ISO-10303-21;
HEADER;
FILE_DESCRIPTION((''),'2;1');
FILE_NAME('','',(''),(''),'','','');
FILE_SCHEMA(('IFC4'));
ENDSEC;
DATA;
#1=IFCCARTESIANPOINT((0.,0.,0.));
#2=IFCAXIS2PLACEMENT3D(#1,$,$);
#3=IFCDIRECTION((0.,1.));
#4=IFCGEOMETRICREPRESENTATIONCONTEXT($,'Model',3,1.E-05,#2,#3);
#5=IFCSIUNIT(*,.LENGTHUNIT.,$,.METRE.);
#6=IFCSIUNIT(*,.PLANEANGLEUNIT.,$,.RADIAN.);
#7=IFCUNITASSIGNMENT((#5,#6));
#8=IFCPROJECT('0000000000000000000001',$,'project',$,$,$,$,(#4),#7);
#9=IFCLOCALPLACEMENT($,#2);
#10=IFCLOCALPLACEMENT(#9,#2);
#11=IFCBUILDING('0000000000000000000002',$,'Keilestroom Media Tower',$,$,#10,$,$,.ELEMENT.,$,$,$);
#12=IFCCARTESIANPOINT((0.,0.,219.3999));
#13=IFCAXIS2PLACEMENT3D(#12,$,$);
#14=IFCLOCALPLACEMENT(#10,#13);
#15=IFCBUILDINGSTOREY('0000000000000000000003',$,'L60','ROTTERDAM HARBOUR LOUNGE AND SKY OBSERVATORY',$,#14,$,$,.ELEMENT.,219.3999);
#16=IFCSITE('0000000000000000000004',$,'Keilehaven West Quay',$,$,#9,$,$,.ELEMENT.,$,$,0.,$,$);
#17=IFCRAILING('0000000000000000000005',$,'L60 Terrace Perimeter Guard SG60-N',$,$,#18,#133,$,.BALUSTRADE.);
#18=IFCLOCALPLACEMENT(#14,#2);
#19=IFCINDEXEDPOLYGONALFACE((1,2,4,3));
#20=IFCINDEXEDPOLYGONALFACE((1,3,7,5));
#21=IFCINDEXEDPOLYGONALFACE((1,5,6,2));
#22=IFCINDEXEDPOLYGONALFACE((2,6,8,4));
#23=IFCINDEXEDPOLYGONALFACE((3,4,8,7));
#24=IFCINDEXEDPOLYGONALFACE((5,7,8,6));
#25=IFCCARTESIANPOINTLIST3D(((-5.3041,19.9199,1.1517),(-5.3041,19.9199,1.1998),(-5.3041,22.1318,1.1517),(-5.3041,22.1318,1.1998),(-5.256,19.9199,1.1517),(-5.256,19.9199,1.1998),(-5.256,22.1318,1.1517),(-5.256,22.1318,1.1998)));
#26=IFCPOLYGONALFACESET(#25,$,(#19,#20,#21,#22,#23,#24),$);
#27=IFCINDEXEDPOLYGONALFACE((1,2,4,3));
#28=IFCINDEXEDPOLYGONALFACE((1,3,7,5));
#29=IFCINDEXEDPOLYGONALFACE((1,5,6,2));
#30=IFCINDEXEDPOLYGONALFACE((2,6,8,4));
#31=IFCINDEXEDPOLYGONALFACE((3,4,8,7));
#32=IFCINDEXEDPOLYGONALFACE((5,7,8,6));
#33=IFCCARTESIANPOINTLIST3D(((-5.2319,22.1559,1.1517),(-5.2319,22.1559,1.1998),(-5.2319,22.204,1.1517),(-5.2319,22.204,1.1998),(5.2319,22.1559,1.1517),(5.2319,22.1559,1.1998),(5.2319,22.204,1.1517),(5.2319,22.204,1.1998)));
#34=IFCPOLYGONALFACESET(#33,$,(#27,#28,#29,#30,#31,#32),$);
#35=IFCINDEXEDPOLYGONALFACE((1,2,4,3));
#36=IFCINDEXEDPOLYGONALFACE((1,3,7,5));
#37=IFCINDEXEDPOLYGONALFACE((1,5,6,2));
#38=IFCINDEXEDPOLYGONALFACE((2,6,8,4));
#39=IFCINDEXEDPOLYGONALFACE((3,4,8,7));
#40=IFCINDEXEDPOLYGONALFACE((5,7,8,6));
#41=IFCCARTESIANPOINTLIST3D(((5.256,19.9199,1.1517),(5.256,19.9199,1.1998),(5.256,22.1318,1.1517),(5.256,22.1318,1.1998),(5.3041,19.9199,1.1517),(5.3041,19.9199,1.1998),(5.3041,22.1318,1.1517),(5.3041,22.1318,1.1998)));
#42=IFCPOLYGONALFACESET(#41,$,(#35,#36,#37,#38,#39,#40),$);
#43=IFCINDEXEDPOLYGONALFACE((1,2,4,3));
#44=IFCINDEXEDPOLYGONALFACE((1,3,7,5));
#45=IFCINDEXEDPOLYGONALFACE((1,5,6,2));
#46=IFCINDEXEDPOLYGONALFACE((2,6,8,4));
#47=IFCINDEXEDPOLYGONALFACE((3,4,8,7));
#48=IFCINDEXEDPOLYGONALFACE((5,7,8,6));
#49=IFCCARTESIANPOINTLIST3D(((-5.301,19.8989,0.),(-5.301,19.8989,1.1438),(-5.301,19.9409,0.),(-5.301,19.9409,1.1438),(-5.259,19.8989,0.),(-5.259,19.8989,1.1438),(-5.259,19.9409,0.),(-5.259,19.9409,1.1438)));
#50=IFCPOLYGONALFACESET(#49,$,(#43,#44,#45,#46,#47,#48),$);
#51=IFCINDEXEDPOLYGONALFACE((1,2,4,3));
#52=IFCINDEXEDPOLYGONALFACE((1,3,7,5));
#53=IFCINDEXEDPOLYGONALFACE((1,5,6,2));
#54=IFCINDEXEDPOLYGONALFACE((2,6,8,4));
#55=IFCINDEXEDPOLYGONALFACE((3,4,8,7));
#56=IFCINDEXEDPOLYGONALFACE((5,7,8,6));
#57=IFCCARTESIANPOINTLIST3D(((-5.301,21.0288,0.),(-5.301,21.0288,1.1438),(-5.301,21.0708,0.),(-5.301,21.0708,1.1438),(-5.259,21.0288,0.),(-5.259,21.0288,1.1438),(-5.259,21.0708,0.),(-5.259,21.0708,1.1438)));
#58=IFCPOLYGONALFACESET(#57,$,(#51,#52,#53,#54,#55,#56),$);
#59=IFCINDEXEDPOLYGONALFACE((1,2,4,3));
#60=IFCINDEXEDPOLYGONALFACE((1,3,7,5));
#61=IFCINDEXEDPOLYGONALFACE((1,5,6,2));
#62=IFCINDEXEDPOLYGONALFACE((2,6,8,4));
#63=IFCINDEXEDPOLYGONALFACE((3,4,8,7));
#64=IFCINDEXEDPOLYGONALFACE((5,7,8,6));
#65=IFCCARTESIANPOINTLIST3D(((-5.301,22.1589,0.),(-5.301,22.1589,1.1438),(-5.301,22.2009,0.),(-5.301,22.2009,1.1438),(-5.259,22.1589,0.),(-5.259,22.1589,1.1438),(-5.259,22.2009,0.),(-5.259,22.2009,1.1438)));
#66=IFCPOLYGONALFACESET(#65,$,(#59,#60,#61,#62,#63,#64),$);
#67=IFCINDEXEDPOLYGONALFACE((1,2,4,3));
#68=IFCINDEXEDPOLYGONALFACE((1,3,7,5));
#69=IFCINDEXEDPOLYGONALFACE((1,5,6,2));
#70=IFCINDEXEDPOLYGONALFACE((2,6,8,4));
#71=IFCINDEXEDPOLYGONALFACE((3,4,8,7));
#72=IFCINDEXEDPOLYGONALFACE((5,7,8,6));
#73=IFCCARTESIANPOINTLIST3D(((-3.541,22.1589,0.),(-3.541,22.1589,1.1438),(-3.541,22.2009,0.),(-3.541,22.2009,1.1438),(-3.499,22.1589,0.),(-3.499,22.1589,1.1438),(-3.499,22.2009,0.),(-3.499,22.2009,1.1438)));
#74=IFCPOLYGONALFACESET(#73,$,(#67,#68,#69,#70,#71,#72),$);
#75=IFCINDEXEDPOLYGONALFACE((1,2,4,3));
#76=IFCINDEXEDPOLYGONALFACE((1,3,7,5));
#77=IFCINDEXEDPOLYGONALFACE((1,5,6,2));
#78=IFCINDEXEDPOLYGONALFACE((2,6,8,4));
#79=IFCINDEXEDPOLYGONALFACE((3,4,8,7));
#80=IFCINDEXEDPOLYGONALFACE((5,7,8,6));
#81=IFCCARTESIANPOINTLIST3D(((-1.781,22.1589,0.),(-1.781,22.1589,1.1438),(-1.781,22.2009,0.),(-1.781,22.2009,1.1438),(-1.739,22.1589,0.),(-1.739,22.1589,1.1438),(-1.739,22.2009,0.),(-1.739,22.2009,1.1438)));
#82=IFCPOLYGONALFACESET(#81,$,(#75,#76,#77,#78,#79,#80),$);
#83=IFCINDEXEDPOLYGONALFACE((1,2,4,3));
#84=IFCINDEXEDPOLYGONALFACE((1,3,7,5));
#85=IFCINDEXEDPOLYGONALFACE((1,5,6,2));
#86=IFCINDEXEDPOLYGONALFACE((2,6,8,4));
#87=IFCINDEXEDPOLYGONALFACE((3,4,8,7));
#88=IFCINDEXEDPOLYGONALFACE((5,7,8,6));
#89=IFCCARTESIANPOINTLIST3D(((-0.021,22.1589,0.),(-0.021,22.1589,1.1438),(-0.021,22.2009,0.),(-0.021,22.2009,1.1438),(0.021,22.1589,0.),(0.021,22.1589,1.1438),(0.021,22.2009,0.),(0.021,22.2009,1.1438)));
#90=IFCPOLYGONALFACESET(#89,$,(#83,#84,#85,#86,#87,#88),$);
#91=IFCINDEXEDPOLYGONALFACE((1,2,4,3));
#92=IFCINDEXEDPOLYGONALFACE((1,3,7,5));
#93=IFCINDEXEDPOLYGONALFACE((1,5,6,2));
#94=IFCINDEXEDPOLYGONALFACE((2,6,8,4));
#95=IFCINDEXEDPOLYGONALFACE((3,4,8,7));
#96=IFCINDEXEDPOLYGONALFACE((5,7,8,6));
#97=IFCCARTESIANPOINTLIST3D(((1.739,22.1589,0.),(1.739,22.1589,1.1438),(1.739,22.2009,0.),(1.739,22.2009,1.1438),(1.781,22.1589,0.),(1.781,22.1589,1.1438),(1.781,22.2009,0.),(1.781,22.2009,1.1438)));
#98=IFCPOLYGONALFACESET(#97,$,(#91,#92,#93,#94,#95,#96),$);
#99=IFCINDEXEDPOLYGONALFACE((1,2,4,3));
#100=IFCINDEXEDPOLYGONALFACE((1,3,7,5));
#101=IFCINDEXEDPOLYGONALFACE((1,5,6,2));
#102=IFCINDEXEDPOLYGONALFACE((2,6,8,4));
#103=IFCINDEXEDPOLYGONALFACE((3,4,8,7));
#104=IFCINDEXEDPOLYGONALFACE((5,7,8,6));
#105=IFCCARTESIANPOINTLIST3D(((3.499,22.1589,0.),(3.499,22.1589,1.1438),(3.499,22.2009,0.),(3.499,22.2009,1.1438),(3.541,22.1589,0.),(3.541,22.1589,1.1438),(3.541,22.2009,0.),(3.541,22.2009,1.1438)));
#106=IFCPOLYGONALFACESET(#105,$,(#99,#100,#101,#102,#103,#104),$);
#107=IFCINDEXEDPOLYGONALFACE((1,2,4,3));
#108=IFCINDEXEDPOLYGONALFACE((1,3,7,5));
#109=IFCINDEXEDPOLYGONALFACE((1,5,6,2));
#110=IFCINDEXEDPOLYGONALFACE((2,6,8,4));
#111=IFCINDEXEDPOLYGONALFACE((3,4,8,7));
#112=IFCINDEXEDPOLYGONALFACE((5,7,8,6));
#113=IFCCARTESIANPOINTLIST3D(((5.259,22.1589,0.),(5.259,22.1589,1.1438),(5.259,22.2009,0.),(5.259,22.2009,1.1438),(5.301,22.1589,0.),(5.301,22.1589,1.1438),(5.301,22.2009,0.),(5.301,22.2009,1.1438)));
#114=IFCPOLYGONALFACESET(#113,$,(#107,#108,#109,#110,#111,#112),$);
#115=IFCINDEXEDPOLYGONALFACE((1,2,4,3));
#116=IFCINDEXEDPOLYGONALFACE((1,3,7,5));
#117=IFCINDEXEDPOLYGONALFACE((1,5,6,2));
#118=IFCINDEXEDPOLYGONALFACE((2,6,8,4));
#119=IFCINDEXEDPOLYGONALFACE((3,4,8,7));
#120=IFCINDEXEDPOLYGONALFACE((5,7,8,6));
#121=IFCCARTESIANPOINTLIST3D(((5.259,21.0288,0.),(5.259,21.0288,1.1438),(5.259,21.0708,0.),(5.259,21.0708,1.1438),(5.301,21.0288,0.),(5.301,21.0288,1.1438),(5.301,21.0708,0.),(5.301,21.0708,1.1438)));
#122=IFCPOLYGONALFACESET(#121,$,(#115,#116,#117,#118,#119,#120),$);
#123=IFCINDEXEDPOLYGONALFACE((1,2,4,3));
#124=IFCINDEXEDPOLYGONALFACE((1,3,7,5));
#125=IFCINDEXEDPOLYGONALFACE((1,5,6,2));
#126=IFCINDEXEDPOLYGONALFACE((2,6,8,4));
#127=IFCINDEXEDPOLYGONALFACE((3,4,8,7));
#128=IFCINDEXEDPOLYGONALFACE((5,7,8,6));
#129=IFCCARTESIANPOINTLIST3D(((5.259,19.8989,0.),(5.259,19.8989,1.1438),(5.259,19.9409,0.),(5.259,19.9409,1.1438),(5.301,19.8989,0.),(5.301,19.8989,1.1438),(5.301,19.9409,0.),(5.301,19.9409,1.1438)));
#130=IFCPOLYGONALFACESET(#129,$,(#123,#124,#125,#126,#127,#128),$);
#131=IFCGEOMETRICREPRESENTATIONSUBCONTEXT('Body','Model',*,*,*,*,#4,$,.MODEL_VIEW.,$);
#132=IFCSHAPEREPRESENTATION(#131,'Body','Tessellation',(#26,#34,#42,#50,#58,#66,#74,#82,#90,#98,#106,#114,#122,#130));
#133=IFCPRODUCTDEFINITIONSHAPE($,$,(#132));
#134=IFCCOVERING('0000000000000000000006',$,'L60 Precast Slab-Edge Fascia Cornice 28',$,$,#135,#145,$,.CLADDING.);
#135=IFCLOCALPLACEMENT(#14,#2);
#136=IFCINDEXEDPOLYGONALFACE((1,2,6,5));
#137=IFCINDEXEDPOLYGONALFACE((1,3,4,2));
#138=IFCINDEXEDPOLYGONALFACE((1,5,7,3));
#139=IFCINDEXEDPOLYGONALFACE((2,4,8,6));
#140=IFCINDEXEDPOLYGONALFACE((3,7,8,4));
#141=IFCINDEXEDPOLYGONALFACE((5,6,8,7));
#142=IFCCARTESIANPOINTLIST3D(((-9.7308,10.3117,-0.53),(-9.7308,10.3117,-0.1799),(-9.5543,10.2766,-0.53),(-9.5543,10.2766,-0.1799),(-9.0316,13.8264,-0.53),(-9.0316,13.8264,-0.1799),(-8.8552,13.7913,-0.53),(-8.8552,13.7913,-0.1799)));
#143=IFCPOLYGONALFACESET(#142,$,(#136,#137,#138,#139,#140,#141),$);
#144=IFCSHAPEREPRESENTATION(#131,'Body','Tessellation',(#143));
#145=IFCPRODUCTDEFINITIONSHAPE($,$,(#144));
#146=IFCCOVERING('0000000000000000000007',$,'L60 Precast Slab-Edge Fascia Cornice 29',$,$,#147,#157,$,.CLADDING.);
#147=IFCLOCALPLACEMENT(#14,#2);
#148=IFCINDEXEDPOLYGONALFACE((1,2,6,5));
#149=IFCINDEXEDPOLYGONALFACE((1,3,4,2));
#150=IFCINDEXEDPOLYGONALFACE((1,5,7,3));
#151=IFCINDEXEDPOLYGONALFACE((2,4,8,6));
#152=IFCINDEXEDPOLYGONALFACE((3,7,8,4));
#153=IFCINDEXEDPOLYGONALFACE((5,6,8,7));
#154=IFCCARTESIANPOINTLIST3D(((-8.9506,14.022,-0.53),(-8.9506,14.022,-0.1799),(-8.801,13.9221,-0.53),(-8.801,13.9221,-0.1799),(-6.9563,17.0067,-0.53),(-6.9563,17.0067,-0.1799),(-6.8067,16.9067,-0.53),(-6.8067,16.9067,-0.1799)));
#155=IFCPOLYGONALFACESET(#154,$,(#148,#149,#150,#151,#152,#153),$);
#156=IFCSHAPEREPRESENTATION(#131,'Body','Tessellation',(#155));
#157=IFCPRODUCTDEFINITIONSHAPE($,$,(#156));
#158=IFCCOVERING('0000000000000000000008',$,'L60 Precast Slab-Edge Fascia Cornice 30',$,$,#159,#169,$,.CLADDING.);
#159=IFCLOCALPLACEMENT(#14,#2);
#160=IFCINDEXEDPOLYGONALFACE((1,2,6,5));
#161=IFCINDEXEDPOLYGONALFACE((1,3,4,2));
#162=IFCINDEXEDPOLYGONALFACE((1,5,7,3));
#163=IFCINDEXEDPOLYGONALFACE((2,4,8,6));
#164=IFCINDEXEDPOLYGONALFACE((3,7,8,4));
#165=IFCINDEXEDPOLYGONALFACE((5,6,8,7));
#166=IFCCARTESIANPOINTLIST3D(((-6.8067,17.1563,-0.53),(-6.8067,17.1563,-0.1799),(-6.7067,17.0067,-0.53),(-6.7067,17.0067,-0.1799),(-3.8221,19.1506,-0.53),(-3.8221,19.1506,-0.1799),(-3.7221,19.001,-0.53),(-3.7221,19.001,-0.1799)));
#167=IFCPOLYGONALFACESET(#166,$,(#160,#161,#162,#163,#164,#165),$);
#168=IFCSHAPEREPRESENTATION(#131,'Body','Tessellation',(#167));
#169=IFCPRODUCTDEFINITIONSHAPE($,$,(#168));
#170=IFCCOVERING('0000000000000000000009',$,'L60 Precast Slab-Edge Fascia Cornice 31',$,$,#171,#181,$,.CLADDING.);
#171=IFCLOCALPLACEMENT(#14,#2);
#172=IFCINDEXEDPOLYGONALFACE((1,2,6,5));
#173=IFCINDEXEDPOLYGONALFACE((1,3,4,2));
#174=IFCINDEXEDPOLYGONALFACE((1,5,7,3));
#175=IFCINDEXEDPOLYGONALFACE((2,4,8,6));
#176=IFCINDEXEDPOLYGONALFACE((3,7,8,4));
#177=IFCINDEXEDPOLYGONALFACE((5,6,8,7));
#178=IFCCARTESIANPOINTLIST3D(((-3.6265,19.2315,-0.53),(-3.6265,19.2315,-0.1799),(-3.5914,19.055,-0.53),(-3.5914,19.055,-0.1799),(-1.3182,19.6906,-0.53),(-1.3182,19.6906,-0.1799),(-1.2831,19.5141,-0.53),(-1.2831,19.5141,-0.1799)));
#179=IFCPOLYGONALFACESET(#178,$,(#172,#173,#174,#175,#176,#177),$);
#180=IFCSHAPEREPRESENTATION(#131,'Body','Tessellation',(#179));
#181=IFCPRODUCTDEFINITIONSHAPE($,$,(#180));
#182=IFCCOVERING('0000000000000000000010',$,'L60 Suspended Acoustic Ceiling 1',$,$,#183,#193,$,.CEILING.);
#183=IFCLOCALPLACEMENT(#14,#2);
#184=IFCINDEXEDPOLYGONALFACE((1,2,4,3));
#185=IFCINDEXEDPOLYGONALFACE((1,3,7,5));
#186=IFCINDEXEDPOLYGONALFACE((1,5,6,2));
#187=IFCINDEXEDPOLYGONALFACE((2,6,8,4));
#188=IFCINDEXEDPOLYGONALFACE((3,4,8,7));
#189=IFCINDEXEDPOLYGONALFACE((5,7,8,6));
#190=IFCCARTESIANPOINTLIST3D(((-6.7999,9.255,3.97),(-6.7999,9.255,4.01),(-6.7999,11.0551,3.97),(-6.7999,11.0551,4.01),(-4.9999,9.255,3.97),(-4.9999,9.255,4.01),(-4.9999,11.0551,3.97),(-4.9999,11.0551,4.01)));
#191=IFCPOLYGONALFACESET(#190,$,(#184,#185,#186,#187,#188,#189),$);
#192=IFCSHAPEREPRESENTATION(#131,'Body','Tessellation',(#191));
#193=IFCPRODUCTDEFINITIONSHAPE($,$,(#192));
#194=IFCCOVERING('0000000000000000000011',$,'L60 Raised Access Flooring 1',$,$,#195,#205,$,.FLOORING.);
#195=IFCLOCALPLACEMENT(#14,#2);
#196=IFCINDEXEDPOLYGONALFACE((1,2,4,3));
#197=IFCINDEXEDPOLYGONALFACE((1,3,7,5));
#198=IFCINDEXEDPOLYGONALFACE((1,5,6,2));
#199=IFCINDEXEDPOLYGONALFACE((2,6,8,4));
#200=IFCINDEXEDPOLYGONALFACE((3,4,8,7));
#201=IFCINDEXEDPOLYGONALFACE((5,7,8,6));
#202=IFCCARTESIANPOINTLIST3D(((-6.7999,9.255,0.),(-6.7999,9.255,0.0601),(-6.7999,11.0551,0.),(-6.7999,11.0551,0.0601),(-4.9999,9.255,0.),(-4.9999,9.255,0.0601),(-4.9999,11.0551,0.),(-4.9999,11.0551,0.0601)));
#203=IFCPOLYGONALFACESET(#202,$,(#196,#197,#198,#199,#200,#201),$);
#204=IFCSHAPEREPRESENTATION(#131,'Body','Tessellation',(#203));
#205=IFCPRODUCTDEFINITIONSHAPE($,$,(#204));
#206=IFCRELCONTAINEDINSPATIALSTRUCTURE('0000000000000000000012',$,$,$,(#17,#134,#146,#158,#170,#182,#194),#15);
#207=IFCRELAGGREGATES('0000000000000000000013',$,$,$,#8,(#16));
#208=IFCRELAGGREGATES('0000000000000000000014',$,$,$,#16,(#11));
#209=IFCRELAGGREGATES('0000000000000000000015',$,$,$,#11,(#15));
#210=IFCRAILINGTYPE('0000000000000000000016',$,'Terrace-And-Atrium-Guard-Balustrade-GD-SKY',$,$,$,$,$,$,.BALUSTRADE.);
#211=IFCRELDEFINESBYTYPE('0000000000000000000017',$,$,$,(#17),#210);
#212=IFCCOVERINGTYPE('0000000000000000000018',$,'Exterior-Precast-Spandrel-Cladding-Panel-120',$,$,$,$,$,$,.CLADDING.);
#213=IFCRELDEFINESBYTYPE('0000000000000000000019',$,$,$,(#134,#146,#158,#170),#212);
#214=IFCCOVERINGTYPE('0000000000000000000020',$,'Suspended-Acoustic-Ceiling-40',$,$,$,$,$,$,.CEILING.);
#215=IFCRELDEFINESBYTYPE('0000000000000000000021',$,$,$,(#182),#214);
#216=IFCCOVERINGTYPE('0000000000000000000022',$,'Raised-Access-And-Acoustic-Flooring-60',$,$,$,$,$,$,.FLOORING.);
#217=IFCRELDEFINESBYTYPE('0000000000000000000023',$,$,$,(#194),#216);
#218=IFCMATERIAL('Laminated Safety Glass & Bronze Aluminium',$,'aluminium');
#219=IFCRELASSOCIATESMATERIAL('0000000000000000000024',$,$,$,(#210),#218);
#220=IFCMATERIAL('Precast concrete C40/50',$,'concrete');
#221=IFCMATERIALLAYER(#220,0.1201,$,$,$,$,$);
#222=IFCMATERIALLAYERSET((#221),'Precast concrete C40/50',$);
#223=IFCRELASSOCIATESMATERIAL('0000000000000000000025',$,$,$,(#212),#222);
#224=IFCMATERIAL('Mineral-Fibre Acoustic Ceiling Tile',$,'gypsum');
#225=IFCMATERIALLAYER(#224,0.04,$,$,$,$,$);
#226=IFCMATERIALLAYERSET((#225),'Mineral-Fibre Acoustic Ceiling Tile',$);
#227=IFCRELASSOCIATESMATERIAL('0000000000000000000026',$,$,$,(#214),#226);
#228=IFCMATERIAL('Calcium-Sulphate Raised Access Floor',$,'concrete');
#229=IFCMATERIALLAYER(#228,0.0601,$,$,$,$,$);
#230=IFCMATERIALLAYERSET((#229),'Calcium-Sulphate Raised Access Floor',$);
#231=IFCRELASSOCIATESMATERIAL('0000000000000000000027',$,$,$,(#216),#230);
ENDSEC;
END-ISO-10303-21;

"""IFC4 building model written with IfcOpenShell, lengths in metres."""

from ifc_helpers import new_model, si_unit, direction, frame, origin, origin_2d, place, context, subcontext, project, spatial, rectangle, extrude, source, transform, mapped, material, layer, layer_set, type_object, element, save


model = new_model("IFC4")

# Units and contexts
model_context = context("Model", 3, precision=1e-05, world=origin(), true_north=direction((0.0, 1.0)))
body_context = subcontext(model_context, "Body", "Model", "MODEL_VIEW")
ifc_project = project(units=[si_unit("LENGTHUNIT", "METRE"), si_unit("PLANEANGLEUNIT", "RADIAN")], contexts=[model_context])

# Site, building, storey
site_placement = place(None, origin())
site = spatial("IfcSite", under=ifc_project, at=site_placement, Name="Keilehaven West Quay", CompositionType="ELEMENT", RefElevation=0.0)
building_placement = place(site_placement, origin())
building = spatial("IfcBuilding", under=site, at=building_placement, Name="Keilestroom Media Tower", CompositionType="ELEMENT")
storey_placement = place(building_placement, frame((0.0, 0.0, 219.3999)))
storey = spatial("IfcBuildingStorey", under=building, at=storey_placement, Name="L60", Description="ROTTERDAM HARBOUR LOUNGE AND SKY OBSERVATORY", CompositionType="ELEMENT", Elevation=219.3999)

# Shared definitions
ifc_material_1 = material(Name="Precast concrete C40/50", Category="concrete")

# Railing
ifc_material_2 = material(Name="Laminated Safety Glass & Bronze Aluminium", Category="aluminium")
railing_type_1 = type_object("IfcRailingType", Name="Terrace-And-Atrium-Guard-Balustrade-GD-SKY", PredefinedType="BALUSTRADE", material=ifc_material_2)
railing_1_placement = place(storey_placement, frame((-5.28, 19.9199, 0.0)))
element("IfcRailing", 1, at=railing_1_placement, inside=storey, type_object=railing_type_1, Name="L60 Terrace Perimeter Guard SG60-N", PredefinedType="BALUSTRADE", context=body_context, shape_type="SweptSolid", body=[
    extrude(rectangle(XDim=0.0481, YDim=0.0481, at=origin_2d()), frame((0.0, 0.0, 1.1758), z_axis=(0.0, 1.0, 0.0), x_axis=(-1.0, 0.0, 0.0)), (0.0, 0.0, 1.0), 2.2119),
    extrude(rectangle(XDim=0.0481, YDim=0.0481, at=origin_2d()), frame((0.0481, 2.26, 1.1758), z_axis=(1.0, 0.0, 0.0), x_axis=(0.0, 1.0, 0.0)), (0.0, 0.0, 1.0), 10.4639),
    extrude(rectangle(XDim=0.0481, YDim=0.0481, at=origin_2d()), frame((10.5601, 2.2119, 1.1758), z_axis=(0.0, -1.0, 0.0), x_axis=(1.0, 0.0, 0.0)), (0.0, 0.0, 1.0), 2.2119),
    extrude(rectangle(XDim=0.042, YDim=0.042, at=origin_2d()), origin(), (0.0, 0.0, 1.0), 1.1438),
    extrude(rectangle(XDim=0.042, YDim=0.042, at=origin_2d()), frame((0.0, 1.1299, 0.0)), (0.0, 0.0, 1.0), 1.1438),
    extrude(rectangle(XDim=0.042, YDim=0.042, at=origin_2d()), frame((0.0, 2.26, 0.0)), (0.0, 0.0, 1.0), 1.1438),
    extrude(rectangle(XDim=0.042, YDim=0.042, at=origin_2d()), frame((1.76, 2.26, 0.0)), (0.0, 0.0, 1.0), 1.1438),
    extrude(rectangle(XDim=0.042, YDim=0.042, at=origin_2d()), frame((3.52, 2.26, 0.0)), (0.0, 0.0, 1.0), 1.1438),
    extrude(rectangle(XDim=0.042, YDim=0.042, at=origin_2d()), frame((5.28, 2.26, 0.0)), (0.0, 0.0, 1.0), 1.1438),
    extrude(rectangle(XDim=0.042, YDim=0.042, at=origin_2d()), frame((7.04, 2.26, 0.0)), (0.0, 0.0, 1.0), 1.1438),
    extrude(rectangle(XDim=0.042, YDim=0.042, at=origin_2d()), frame((8.8, 2.26, 0.0)), (0.0, 0.0, 1.0), 1.1438),
    extrude(rectangle(XDim=0.042, YDim=0.042, at=origin_2d()), frame((10.5601, 2.26, 0.0)), (0.0, 0.0, 1.0), 1.1438),
    extrude(rectangle(XDim=0.042, YDim=0.042, at=origin_2d()), frame((10.5601, 1.1299, 0.0)), (0.0, 0.0, 1.0), 1.1438),
    extrude(rectangle(XDim=0.042, YDim=0.042, at=origin_2d()), frame((10.5601, 0.0, 0.0)), (0.0, 0.0, 1.0), 1.1438),
])

# Coverings
ifc_layer_1 = layer(ifc_material_1, 0.1201)
ifc_layer_set_1 = layer_set([ifc_layer_1], Name="Precast concrete C40/50")
covering_type_1 = type_object("IfcCoveringType", Name="Exterior-Precast-Spandrel-Cladding-Panel-120", PredefinedType="CLADDING", material=ifc_layer_set_1)
shared_shape_1 = source(origin(), body_context, "Body", "SweptSolid", [
    extrude(rectangle(XDim=3.5835, YDim=0.1799, at=origin_2d()), origin(), (0.0, 0.0, 1.0), 0.3501),
])
covering_1_placement = place(storey_placement, frame((-9.293, 12.0515, -0.53), z_axis=(0.0, 0.0, 1.0), x_axis=(0.195099, 0.980784, 0.0)))
element("IfcCovering", 2, at=covering_1_placement, inside=storey, type_object=covering_type_1, Name="L60 Precast Slab-Edge Fascia Cornice 28", PredefinedType="CLADDING", context=body_context, shape_type="MappedRepresentation", body=[
    mapped(shared_shape_1, transform((0.0, 0.0, 0.0), x_axis=(1.0, 0.0, 0.0), y_axis=(0.0, 1.0, 0.0), z_axis=(0.0, 0.0, 1.0), scale=1.0)),
])
shared_shape_2 = source(origin(), body_context, "Body", "SweptSolid", [
    extrude(rectangle(XDim=3.5896, YDim=0.1799, at=origin_2d()), origin(), (0.0, 0.0, 1.0), 0.3501),
])
for number, where, z_axis, x_axis, name in (
    (3, (-7.8787, 15.4644, -0.53), (0.0, 0.0, 1.0), (0.555575, 0.831467, 0.0), "L60 Precast Slab-Edge Fascia Cornice 29"),
    (4, (-5.2644, 18.0786, -0.53), (0.0, 0.0, 1.0), (0.831467, 0.555575, 0.0), "L60 Precast Slab-Edge Fascia Cornice 30"),
):
    element("IfcCovering", number, at=place(storey_placement, frame(where, z_axis=z_axis, x_axis=x_axis)), inside=storey, type_object=covering_type_1, Name=name, PredefinedType="CLADDING", context=body_context, shape_type="MappedRepresentation", body=[
        mapped(shared_shape_2, transform((0.0, 0.0, 0.0), x_axis=(1.0, 0.0, 0.0), y_axis=(0.0, 1.0, 0.0), z_axis=(0.0, 0.0, 1.0), scale=1.0)),
    ])
shared_shape_3 = source(origin(), body_context, "Body", "SweptSolid", [
    extrude(rectangle(XDim=2.3535, YDim=0.1799, at=origin_2d()), origin(), (0.0, 0.0, 1.0), 0.3501),
])
covering_2_placement = place(storey_placement, frame((-2.4548, 19.3728, -0.53), z_axis=(0.0, 0.0, 1.0), x_axis=(0.980784, 0.195099, 0.0)))
element("IfcCovering", 5, at=covering_2_placement, inside=storey, type_object=covering_type_1, Name="L60 Precast Slab-Edge Fascia Cornice 31", PredefinedType="CLADDING", context=body_context, shape_type="MappedRepresentation", body=[
    mapped(shared_shape_3, transform((0.0, 0.0, 0.0), x_axis=(1.0, 0.0, 0.0), y_axis=(0.0, 1.0, 0.0), z_axis=(0.0, 0.0, 1.0), scale=1.0)),
])
ifc_material_3 = material(Name="Mineral-Fibre Acoustic Ceiling Tile", Category="gypsum")
ifc_layer_2 = layer(ifc_material_3, 0.04)
ifc_layer_set_2 = layer_set([ifc_layer_2], Name="Mineral-Fibre Acoustic Ceiling Tile")
covering_type_2 = type_object("IfcCoveringType", Name="Suspended-Acoustic-Ceiling-40", PredefinedType="CEILING", material=ifc_layer_set_2)
shared_shape_4 = source(origin(), body_context, "Body", "SweptSolid", [
    extrude(rectangle(XDim=1.8, YDim=1.8, at=origin_2d()), origin(), (0.0, 0.0, 1.0), 0.04),
])
covering_3_placement = place(storey_placement, frame((-5.8999, 10.155, 3.97), z_axis=(0.0, 0.0, 1.0), x_axis=(1.0, 0.0, 0.0)))
element("IfcCovering", 6, at=covering_3_placement, inside=storey, type_object=covering_type_2, Name="L60 Suspended Acoustic Ceiling 1", PredefinedType="CEILING", context=body_context, shape_type="MappedRepresentation", body=[
    mapped(shared_shape_4, transform((0.0, 0.0, 0.0), x_axis=(1.0, 0.0, 0.0), y_axis=(0.0, 1.0, 0.0), z_axis=(0.0, 0.0, 1.0), scale=1.0)),
])
ifc_material_4 = material(Name="Calcium-Sulphate Raised Access Floor", Category="concrete")
ifc_layer_3 = layer(ifc_material_4, 0.0601)
ifc_layer_set_3 = layer_set([ifc_layer_3], Name="Calcium-Sulphate Raised Access Floor")
covering_type_3 = type_object("IfcCoveringType", Name="Raised-Access-And-Acoustic-Flooring-60", PredefinedType="FLOORING", material=ifc_layer_set_3)
shared_shape_5 = source(origin(), body_context, "Body", "SweptSolid", [
    extrude(rectangle(XDim=1.8, YDim=1.8, at=origin_2d()), origin(), (0.0, 0.0, 1.0), 0.0601),
])
covering_4_placement = place(storey_placement, frame((-5.8999, 10.155, 0.0), z_axis=(0.0, 0.0, 1.0), x_axis=(1.0, 0.0, 0.0)))
element("IfcCovering", 7, at=covering_4_placement, inside=storey, type_object=covering_type_3, Name="L60 Raised Access Flooring 1", PredefinedType="FLOORING", context=body_context, shape_type="MappedRepresentation", body=[
    mapped(shared_shape_5, transform((0.0, 0.0, 0.0), x_axis=(1.0, 0.0, 0.0), y_axis=(0.0, 1.0, 0.0), z_axis=(0.0, 0.0, 1.0), scale=1.0)),
])

save(model, "model.ifc")
